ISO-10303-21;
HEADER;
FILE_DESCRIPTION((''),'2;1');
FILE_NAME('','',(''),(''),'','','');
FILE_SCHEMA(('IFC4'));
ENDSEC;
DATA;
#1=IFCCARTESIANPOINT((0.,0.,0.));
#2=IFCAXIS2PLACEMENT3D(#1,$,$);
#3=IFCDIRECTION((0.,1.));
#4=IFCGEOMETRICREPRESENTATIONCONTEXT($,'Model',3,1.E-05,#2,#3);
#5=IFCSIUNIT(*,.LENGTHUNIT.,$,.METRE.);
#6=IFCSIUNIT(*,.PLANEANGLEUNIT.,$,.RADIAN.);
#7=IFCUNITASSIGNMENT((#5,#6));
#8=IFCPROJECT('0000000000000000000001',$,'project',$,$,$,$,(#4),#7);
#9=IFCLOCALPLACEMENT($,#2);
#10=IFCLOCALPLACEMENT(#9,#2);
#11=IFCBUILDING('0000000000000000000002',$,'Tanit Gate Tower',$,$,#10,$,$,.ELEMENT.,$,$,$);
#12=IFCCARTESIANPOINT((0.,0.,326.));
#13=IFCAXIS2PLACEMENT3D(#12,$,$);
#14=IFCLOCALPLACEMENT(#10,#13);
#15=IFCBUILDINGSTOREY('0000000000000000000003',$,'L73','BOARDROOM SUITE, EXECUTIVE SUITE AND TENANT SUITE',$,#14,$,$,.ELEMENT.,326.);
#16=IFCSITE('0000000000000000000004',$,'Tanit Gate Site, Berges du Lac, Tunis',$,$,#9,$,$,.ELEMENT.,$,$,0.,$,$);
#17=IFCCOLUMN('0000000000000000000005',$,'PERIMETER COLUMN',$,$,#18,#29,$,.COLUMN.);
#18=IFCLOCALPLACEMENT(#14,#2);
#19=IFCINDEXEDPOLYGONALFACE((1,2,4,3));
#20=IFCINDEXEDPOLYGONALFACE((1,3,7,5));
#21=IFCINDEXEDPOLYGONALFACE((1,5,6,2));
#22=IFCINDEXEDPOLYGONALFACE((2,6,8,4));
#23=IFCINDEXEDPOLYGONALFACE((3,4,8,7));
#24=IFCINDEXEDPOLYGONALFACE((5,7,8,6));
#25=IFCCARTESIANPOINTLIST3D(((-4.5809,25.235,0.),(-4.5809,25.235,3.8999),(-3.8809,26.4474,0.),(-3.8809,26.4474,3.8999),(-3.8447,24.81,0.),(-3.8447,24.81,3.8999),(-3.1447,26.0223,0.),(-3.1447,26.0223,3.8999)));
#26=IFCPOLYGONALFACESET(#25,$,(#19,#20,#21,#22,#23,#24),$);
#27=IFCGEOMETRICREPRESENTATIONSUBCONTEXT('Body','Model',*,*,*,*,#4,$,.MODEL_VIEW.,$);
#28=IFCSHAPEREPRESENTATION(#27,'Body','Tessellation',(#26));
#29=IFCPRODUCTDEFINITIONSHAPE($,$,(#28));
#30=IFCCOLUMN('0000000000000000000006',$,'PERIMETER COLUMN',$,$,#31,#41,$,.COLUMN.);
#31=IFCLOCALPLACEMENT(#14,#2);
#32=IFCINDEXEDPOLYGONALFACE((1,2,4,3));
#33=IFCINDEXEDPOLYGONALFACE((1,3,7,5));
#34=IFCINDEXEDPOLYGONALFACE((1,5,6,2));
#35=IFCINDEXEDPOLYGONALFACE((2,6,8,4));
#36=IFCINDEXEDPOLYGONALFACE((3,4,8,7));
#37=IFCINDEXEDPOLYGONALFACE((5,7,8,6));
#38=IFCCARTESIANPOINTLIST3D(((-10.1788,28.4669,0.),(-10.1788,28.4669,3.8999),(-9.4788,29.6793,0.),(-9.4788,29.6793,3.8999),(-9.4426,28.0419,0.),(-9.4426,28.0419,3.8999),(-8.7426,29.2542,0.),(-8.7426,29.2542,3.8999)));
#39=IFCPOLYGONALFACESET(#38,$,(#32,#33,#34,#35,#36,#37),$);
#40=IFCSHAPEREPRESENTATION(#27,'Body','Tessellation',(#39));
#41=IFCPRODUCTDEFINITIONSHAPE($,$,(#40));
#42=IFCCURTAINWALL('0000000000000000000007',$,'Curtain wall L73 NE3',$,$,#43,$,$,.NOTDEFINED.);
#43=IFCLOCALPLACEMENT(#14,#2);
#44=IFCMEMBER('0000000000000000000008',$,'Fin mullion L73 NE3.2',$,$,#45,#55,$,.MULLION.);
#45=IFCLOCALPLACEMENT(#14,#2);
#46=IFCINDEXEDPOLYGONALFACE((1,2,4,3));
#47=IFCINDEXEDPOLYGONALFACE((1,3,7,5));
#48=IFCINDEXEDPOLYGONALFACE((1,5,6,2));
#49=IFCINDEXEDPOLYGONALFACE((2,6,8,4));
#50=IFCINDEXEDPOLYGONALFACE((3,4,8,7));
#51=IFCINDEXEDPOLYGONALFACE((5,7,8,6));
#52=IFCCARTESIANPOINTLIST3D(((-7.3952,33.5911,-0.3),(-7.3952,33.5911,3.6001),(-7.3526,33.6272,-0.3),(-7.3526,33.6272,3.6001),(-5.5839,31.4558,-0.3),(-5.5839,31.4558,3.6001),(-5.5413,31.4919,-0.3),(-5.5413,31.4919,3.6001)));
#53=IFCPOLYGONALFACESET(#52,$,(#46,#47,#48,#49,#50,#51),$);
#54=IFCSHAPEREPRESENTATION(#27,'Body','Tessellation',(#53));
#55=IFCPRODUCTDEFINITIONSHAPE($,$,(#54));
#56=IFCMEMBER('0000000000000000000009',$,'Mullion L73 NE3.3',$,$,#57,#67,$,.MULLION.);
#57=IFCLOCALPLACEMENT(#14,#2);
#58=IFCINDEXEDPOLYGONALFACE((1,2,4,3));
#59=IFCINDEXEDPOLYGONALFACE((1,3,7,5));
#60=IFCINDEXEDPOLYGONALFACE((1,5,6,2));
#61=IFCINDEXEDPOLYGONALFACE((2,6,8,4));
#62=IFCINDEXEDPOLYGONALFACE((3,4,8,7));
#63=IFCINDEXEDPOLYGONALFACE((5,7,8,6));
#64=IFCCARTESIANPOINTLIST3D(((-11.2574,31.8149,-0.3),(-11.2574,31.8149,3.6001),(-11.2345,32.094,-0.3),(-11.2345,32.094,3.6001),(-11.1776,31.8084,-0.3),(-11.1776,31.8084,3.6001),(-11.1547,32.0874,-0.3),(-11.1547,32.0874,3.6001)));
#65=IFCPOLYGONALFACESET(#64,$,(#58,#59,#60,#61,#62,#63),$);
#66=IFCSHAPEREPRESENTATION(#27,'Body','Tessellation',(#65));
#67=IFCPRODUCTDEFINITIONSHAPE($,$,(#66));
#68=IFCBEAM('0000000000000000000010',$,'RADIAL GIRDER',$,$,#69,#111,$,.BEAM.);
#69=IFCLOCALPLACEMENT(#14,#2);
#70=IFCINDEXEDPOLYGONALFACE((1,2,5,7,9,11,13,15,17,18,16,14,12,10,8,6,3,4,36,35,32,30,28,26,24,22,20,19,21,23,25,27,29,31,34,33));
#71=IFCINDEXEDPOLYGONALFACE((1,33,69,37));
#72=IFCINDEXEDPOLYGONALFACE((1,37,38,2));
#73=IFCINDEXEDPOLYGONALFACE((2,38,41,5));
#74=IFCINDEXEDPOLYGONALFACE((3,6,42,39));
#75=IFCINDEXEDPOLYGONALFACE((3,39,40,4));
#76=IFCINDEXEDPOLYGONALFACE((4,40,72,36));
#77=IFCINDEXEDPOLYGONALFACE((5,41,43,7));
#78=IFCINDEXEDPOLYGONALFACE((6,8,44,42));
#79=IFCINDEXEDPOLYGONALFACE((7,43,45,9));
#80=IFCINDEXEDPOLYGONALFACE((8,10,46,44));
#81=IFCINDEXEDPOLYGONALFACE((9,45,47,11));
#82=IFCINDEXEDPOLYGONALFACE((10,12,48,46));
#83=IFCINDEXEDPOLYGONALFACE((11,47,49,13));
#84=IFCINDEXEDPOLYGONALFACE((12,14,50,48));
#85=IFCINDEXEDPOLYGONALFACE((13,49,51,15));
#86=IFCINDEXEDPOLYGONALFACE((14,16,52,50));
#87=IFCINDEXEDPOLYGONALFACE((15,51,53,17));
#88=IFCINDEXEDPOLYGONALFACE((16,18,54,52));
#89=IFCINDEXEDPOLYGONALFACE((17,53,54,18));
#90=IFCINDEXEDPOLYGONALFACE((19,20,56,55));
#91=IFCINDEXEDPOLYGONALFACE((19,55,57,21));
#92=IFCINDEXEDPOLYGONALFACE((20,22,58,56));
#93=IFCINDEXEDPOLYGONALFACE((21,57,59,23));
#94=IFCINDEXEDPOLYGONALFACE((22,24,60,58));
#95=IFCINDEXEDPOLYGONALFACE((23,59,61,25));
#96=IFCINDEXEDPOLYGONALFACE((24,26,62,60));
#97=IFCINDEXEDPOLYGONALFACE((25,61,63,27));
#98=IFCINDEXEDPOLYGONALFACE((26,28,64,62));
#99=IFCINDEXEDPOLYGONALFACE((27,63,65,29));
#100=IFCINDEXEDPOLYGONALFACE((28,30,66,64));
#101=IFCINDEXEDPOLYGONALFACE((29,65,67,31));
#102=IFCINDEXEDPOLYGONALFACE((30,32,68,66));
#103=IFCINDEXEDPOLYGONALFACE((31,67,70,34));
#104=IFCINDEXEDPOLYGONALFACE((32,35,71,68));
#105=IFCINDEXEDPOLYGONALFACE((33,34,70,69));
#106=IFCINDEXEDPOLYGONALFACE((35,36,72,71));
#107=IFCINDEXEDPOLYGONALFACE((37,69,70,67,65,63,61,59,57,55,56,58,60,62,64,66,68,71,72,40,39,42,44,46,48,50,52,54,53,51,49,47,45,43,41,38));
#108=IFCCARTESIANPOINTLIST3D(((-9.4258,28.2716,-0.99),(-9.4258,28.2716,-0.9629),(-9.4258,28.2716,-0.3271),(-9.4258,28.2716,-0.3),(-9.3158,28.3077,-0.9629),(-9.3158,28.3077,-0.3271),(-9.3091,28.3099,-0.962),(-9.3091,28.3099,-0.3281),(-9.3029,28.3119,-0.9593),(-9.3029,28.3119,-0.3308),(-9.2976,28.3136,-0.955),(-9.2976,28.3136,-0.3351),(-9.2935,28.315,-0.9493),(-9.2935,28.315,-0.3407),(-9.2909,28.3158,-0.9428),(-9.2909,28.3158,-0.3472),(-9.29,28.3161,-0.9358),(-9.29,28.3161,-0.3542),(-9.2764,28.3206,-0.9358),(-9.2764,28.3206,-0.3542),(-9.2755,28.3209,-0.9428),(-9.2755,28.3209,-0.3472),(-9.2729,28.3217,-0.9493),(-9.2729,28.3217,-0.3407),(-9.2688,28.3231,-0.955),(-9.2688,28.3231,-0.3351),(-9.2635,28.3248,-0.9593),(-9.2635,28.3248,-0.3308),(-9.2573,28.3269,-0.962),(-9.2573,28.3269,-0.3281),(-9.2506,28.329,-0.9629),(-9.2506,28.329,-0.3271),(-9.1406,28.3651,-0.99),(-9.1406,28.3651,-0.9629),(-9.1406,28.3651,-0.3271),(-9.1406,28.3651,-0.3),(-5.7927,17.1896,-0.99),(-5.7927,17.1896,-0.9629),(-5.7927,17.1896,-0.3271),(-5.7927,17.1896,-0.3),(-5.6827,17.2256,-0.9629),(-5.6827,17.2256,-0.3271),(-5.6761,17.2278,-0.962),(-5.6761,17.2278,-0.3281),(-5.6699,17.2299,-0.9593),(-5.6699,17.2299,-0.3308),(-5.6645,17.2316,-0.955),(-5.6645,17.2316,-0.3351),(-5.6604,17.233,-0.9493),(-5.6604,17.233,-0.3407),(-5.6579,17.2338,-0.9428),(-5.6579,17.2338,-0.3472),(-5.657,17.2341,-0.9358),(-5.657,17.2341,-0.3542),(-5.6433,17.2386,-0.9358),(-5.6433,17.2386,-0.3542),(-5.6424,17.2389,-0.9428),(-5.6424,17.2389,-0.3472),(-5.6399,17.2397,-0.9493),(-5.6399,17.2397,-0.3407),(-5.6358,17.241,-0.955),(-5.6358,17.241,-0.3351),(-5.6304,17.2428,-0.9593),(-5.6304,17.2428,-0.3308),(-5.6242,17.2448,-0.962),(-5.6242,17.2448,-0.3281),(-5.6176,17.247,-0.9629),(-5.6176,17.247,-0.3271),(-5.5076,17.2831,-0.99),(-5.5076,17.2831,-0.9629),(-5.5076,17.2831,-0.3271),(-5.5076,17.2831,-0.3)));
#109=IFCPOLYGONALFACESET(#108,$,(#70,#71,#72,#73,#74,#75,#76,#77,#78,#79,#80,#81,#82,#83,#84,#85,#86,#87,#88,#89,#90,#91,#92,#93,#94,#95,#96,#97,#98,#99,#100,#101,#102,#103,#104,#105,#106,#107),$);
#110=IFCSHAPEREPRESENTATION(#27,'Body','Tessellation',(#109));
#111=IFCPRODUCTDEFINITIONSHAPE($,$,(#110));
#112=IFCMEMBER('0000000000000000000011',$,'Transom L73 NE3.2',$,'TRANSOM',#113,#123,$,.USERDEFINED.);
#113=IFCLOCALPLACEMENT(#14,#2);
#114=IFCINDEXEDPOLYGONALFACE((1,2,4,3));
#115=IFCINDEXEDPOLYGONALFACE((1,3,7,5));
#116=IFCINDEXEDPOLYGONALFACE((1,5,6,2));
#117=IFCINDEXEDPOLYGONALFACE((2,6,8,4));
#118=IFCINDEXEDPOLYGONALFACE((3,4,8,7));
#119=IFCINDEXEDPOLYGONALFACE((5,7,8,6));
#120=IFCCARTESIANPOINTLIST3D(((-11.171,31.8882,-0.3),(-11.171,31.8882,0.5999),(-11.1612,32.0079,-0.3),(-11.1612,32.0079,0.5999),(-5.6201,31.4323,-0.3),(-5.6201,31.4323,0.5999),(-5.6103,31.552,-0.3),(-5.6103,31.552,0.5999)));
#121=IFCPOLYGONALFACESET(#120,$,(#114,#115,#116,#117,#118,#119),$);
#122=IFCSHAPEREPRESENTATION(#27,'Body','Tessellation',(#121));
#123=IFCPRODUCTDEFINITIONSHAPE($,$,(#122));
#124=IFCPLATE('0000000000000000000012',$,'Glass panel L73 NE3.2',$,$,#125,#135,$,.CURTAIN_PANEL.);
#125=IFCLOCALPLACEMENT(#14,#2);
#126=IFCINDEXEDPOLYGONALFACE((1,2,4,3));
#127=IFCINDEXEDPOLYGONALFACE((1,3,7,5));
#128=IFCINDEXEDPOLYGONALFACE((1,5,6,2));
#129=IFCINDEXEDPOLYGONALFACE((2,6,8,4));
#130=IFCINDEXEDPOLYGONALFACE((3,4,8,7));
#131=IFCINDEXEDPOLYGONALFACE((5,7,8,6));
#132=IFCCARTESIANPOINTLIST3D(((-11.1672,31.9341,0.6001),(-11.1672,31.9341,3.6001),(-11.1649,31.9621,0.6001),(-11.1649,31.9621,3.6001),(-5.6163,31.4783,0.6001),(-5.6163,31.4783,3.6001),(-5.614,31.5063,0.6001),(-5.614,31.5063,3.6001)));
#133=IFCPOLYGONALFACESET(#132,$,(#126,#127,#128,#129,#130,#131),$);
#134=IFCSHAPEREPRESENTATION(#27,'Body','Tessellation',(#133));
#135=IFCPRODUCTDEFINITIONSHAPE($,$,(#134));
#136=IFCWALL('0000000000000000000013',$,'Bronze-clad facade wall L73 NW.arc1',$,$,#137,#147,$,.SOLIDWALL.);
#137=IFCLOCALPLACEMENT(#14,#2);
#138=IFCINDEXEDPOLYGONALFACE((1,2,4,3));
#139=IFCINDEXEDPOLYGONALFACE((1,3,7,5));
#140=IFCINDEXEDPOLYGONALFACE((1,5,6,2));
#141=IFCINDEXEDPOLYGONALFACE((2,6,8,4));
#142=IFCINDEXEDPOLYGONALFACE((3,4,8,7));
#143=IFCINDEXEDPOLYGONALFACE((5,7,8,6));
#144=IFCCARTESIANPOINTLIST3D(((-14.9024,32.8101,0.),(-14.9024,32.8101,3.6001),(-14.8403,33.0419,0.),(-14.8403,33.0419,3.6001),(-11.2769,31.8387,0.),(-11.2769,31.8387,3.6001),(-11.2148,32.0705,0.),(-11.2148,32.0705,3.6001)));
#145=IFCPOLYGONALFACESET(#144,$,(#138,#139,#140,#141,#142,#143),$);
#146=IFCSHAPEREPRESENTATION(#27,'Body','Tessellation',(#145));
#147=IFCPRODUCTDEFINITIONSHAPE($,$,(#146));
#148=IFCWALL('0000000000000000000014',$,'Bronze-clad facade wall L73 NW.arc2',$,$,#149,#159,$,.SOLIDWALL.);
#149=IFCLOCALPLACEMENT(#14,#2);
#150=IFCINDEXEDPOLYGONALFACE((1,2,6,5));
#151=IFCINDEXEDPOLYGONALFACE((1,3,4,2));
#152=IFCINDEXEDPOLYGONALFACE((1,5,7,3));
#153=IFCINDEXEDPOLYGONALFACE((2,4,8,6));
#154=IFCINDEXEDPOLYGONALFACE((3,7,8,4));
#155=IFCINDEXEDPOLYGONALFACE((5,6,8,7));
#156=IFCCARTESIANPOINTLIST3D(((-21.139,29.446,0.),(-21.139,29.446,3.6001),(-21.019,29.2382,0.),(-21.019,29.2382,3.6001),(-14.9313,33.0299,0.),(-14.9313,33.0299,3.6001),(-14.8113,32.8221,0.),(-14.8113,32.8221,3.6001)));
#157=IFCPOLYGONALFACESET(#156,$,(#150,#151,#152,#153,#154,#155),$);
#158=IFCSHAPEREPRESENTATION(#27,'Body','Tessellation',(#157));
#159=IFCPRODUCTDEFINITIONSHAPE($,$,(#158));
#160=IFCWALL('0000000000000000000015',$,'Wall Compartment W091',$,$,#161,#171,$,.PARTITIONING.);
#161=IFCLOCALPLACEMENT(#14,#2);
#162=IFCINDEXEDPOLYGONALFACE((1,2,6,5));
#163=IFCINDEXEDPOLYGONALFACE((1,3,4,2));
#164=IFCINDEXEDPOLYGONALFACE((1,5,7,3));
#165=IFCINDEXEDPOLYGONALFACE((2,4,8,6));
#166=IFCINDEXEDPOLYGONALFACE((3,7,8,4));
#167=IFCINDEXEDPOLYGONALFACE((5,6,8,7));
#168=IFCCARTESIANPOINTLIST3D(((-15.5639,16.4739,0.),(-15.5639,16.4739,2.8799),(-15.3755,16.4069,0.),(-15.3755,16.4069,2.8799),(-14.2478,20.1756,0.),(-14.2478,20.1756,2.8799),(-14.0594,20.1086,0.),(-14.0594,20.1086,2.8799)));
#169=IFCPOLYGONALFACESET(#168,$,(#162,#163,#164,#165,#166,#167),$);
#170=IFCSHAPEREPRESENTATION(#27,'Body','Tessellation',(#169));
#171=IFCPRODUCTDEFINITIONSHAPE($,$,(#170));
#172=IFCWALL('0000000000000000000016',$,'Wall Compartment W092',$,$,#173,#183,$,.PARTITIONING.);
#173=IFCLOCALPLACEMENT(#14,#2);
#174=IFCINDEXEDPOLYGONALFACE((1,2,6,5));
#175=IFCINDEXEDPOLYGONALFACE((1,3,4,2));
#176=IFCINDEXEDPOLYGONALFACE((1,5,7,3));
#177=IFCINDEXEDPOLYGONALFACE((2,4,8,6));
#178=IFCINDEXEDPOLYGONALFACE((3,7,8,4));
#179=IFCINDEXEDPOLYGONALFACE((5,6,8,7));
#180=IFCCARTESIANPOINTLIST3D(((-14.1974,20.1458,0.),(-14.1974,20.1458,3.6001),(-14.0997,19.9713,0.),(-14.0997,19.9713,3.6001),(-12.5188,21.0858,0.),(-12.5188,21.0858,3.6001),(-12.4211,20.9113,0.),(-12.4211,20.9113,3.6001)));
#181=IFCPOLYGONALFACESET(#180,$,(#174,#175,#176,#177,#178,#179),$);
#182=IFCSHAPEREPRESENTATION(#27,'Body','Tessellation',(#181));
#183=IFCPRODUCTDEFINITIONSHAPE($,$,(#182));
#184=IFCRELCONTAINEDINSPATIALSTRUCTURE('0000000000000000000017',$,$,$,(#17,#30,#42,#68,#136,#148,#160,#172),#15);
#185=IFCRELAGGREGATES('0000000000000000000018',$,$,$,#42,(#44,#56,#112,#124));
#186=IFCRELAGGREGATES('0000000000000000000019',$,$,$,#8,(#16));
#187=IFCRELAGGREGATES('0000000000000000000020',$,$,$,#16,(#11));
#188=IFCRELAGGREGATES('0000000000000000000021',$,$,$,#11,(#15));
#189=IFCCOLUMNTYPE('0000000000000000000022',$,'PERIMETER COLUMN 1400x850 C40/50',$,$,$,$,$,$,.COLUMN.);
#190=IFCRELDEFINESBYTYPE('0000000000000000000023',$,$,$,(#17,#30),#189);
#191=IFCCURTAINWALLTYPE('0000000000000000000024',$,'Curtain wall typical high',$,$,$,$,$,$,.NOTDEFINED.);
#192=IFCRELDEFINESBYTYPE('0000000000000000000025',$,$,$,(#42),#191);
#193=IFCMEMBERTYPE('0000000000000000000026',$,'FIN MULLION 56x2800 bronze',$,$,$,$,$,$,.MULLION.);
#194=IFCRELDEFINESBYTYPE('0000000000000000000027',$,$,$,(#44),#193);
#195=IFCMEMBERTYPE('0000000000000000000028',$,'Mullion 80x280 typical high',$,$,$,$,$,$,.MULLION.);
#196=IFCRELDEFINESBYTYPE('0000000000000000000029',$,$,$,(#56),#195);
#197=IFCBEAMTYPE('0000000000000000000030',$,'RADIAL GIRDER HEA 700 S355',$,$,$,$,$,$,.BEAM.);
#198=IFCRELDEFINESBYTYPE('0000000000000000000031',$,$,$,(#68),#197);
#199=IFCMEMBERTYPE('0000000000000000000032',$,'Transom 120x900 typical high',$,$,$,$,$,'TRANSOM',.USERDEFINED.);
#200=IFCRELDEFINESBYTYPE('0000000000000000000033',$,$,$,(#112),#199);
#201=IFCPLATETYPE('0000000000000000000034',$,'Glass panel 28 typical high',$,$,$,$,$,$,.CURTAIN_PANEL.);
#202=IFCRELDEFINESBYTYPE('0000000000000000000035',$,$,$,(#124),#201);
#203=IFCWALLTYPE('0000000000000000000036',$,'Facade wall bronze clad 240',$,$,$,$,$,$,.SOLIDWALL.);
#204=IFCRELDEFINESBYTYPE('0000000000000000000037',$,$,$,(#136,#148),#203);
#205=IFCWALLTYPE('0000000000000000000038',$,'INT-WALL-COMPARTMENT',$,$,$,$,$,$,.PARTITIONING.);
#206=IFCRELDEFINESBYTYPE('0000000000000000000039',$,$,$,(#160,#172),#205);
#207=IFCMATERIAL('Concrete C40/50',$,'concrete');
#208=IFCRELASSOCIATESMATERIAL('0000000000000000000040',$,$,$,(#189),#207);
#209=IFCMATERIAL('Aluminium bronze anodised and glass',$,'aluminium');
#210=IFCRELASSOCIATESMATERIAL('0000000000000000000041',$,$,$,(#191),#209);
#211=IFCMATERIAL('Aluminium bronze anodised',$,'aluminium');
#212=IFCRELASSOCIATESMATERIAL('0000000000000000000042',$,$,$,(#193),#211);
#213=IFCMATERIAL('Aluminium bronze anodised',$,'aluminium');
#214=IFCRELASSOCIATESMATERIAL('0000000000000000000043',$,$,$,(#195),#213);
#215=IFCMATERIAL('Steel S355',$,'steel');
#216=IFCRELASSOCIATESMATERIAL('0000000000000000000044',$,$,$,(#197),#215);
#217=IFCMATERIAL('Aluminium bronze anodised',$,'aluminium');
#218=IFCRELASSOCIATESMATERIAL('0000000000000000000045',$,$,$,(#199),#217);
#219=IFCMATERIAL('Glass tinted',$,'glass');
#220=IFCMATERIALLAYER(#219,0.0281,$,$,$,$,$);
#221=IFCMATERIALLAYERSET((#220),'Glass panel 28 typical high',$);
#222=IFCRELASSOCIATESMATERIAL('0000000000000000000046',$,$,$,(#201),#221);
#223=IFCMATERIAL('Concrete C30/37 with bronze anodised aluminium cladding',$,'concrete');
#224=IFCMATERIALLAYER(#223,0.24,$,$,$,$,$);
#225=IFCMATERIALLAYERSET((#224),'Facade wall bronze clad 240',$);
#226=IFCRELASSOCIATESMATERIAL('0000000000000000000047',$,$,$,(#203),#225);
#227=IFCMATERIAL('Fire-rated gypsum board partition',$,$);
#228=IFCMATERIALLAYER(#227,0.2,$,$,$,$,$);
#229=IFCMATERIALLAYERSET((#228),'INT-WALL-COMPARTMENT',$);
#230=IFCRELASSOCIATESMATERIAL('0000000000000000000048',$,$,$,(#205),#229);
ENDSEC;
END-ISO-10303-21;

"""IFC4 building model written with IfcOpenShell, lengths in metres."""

from ifc_helpers import new_model, si_unit, direction, frame, frame_2d, origin, origin_2d, place, context, subcontext, project, spatial, rectangle, i_section, extrude, material, layer, layer_set, material_profile, profile_set, type_object, element, aggregate, save


model = new_model("IFC4")

# Units and contexts
model_context = context("Model", 3, precision=1e-05, world=origin(), true_north=direction((0.0, 1.0)))
body_context = subcontext(model_context, "Body", "Model", "MODEL_VIEW")
ifc_project = project(units=[si_unit("LENGTHUNIT", "METRE"), si_unit("PLANEANGLEUNIT", "RADIAN")], contexts=[model_context])

# Site, building, storey
site_placement = place(None, origin())
site = spatial("IfcSite", under=ifc_project, at=site_placement, Name="Tanit Gate Site, Berges du Lac, Tunis", CompositionType="ELEMENT", RefElevation=0.0)
building_placement = place(site_placement, origin())
building = spatial("IfcBuilding", under=site, at=building_placement, Name="Tanit Gate Tower", CompositionType="ELEMENT")
storey_placement = place(building_placement, frame((0.0, 0.0, 326.0)))
storey = spatial("IfcBuildingStorey", under=building, at=storey_placement, Name="L73", Description="BOARDROOM SUITE, EXECUTIVE SUITE AND TENANT SUITE", CompositionType="ELEMENT", Elevation=326.0)

# Columns
ifc_material_1 = material(Name="Concrete C40/50", Category="concrete")
ifc_material_profile_1 = material_profile(ifc_material_1, rectangle(XDim=1.3999, YDim=0.8501, at=origin_2d()), Name="RC 1400x850")
ifc_profile_set_1 = profile_set([ifc_material_profile_1], Name="Concrete C40/50")
column_type = type_object("IfcColumnType", Name="PERIMETER COLUMN 1400x850 C40/50", PredefinedType="COLUMN", material=ifc_profile_set_1)
for number, where, z_axis, x_axis, name in (
    (1, (-3.8628, 25.6287, 0.0), (0.0, 0.0, 1.0), (0.5, 0.866025, 0.0), "PERIMETER COLUMN"),
    (2, (-9.4607, 28.8606, 0.0), (0.0, 0.0, 1.0), (0.5, 0.866025, 0.0), "PERIMETER COLUMN"),
):
    element("IfcColumn", number, at=place(storey_placement, frame(where, z_axis=z_axis, x_axis=x_axis)), inside=storey, type_object=column_type, Name=name, PredefinedType="COLUMN", context=body_context, shape_type="SweptSolid", body=[
        extrude(rectangle(XDim=1.3999, YDim=0.8501, at=origin_2d()), origin(), (0.0, 0.0, 1.0), 3.8999),
    ])

# Curtain wall, members
ifc_material_2 = material(Name="Aluminium bronze anodised and glass", Category="aluminium")
curtain_wall_type = type_object("IfcCurtainWallType", Name="Curtain wall typical high", PredefinedType="NOTDEFINED", material=ifc_material_2)
curtain_wall_placement = place(storey_placement, origin())
curtain_wall = element("IfcCurtainWall", 3, at=curtain_wall_placement, inside=storey, type_object=curtain_wall_type, Name="Curtain wall L73 NE3", PredefinedType="NOTDEFINED")
ifc_material_3 = material(Name="Aluminium bronze anodised", Category="aluminium")
ifc_material_profile_2 = material_profile(ifc_material_3, rectangle(XDim=2.8, YDim=0.0559, at=origin_2d()), Name="56x2800 bronze fin mullion")
ifc_profile_set_2 = profile_set([ifc_material_profile_2], Name="Aluminium bronze anodised")
member_type_1 = type_object("IfcMemberType", Name="FIN MULLION 56x2800 bronze", PredefinedType="MULLION", material=ifc_profile_set_2)
member_1_placement = place(storey_placement, frame((-6.4683, 32.5415, -0.3), z_axis=(0.0, 0.0, 1.0), x_axis=(0.646873, -0.762598, 0.0)))
member_1 = element("IfcMember", 4, at=member_1_placement, type_object=member_type_1, Name="Fin mullion L73 NE3.2", PredefinedType="MULLION", context=body_context, shape_type="SweptSolid", body=[
    extrude(rectangle(XDim=2.8, YDim=0.0559, at=origin_2d()), origin(), (0.0, 0.0, 1.0), 3.9001),
])
ifc_material_4 = material(Name="Aluminium bronze anodised", Category="aluminium")
ifc_material_profile_3 = material_profile(ifc_material_4, rectangle(XDim=0.28, YDim=0.0801, at=origin_2d()), Name="80x280 bronze mullion")
ifc_profile_set_3 = profile_set([ifc_material_profile_3], Name="Aluminium bronze anodised")
member_type_2 = type_object("IfcMemberType", Name="Mullion 80x280 typical high", PredefinedType="MULLION", material=ifc_profile_set_3)
member_2_placement = place(storey_placement, frame((-11.2061, 31.9512, -0.3), z_axis=(0.0, 0.0, 1.0), x_axis=(-0.08183, -0.996646, 0.0)))
member_2 = element("IfcMember", 5, at=member_2_placement, type_object=member_type_2, Name="Mullion L73 NE3.3", PredefinedType="MULLION", context=body_context, shape_type="SweptSolid", body=[
    extrude(rectangle(XDim=0.28, YDim=0.0801, at=origin_2d()), origin(), (0.0, 0.0, 1.0), 3.9001),
])

# Beam
ifc_material_5 = material(Name="Steel S355", Category="steel")
ifc_material_profile_4 = material_profile(ifc_material_5, i_section(OverallWidth=0.3, OverallDepth=0.6899, WebThickness=0.0144, FlangeThickness=0.0271, FilletRadius=0.0271, at=origin_2d()), Name="HEA 700")
ifc_profile_set_4 = profile_set([ifc_material_profile_4], Name="Steel S355")
beam_type = type_object("IfcBeamType", Name="RADIAL GIRDER HEA 700 S355", PredefinedType="BEAM", material=ifc_profile_set_4)
beam_placement = place(storey_placement, frame((-9.2832, 28.3184, -0.645), z_axis=(0.31152, -0.95024, 0.0), x_axis=(0.95024, 0.31152, 0.0)))
element("IfcBeam", 6, at=beam_placement, inside=storey, type_object=beam_type, Name="RADIAL GIRDER", PredefinedType="BEAM", context=body_context, shape_type="SweptSolid", body=[
    extrude(i_section(OverallWidth=0.3, OverallDepth=0.6899, WebThickness=0.0144, FlangeThickness=0.0271, FilletRadius=0.0271, at=origin_2d()), origin(), (0.0, 0.0, 1.0), 11.6624),
])

# Member
ifc_material_6 = material(Name="Aluminium bronze anodised", Category="aluminium")
ifc_material_profile_5 = material_profile(ifc_material_6, rectangle(XDim=0.1201, YDim=0.8999, at=origin_2d()), Name="120x900 bronze transom")
ifc_profile_set_5 = profile_set([ifc_material_profile_5], Name="Aluminium bronze anodised")
member_type_3 = type_object("IfcMemberType", Name="Transom 120x900 typical high", ElementType="TRANSOM", PredefinedType="USERDEFINED", material=ifc_profile_set_5)
member_3_placement = place(storey_placement, frame((-5.6152, 31.4922, 0.1499), z_axis=(-0.996645, 0.081841, 0.0), x_axis=(-0.081841, -0.996645, 0.0)))
member_3 = element("IfcMember", 7, at=member_3_placement, type_object=member_type_3, Name="Transom L73 NE3.2", ObjectType="TRANSOM", PredefinedType="USERDEFINED", context=body_context, shape_type="SweptSolid", body=[
    extrude(rectangle(XDim=0.1201, YDim=0.8999, at=origin_2d()), origin(), (0.0, 0.0, 1.0), 5.5696),
])

# Plate
ifc_material_7 = material(Name="Glass tinted", Category="glass")
ifc_layer_1 = layer(ifc_material_7, 0.0281)
ifc_layer_set_1 = layer_set([ifc_layer_1], Name="Glass panel 28 typical high")
plate_type = type_object("IfcPlateType", Name="Glass panel 28 typical high", PredefinedType="CURTAIN_PANEL", material=ifc_layer_set_1)
plate_placement = place(storey_placement, frame((-8.3906, 31.7202, 0.6001), z_axis=(0.0, 0.0, 1.0), x_axis=(-0.996646, 0.08183, 0.0)))
plate = element("IfcPlate", 8, at=plate_placement, type_object=plate_type, Name="Glass panel L73 NE3.2", PredefinedType="CURTAIN_PANEL", context=body_context, shape_type="SweptSolid", body=[
    extrude(rectangle(XDim=5.5696, YDim=0.0281, at=origin_2d()), origin(), (0.0, 0.0, 1.0), 3.0),
])
aggregate(curtain_wall, [member_1, member_2, member_3, plate])

# Walls
ifc_material_8 = material(Name="Concrete C30/37 with bronze anodised aluminium cladding", Category="concrete")
ifc_layer_2 = layer(ifc_material_8, 0.24)
ifc_layer_set_2 = layer_set([ifc_layer_2], Name="Facade wall bronze clad 240")
wall_type_1 = type_object("IfcWallType", Name="Facade wall bronze clad 240", PredefinedType="SOLIDWALL", material=ifc_layer_set_2)
wall_1_placement = place(storey_placement, frame((-11.2458, 31.9546, 0.0), z_axis=(0.0, 0.0, 1.0), x_axis=(-0.965927, 0.258816, 0.0)))
element("IfcWall", 9, at=wall_1_placement, inside=storey, type_object=wall_type_1, Name="Bronze-clad facade wall L73 NW.arc1", PredefinedType="SOLIDWALL", context=body_context, shape_type="SweptSolid", body=[
    extrude(rectangle(XDim=3.7534, YDim=0.24, at=frame_2d((1.8767, 0.0))), origin(), (0.0, 0.0, 1.0), 3.6001),
])
wall_2_placement = place(storey_placement, frame((-14.8713, 32.926, 0.0), z_axis=(0.0, 0.0, 1.0), x_axis=(-0.86603, -0.499993, 0.0)))
element("IfcWall", 10, at=wall_2_placement, inside=storey, type_object=wall_type_1, Name="Bronze-clad facade wall L73 NW.arc2", PredefinedType="SOLIDWALL", context=body_context, shape_type="SweptSolid", body=[
    extrude(rectangle(XDim=7.168, YDim=0.24, at=frame_2d((3.584, 0.0))), origin(), (0.0, 0.0, 1.0), 3.6001),
])
ifc_material_9 = material(Name="Fire-rated gypsum board partition")
ifc_layer_3 = layer(ifc_material_9, 0.2)
ifc_layer_set_3 = layer_set([ifc_layer_3], Name="INT-WALL-COMPARTMENT")
wall_type_2 = type_object("IfcWallType", Name="INT-WALL-COMPARTMENT", PredefinedType="PARTITIONING", material=ifc_layer_set_3)
wall_3_placement = place(storey_placement, frame((-14.1536, 20.1421, 0.0), z_axis=(0.0, 0.0, 1.0), x_axis=(-0.335013, -0.942213, 0.0)))
element("IfcWall", 11, at=wall_3_placement, inside=storey, type_object=wall_type_2, Name="Wall Compartment W091", PredefinedType="PARTITIONING", context=body_context, shape_type="SweptSolid", body=[
    extrude(rectangle(XDim=3.9287, YDim=0.2, at=frame_2d((1.9644, 0.0))), origin(), (0.0, 0.0, 1.0), 2.8799),
])
wall_4_placement = place(storey_placement, frame((-12.47, 20.9985, 0.0), z_axis=(0.0, 0.0, 1.0), x_axis=(-0.872506, -0.488603, 0.0)))
element("IfcWall", 12, at=wall_4_placement, inside=storey, type_object=wall_type_2, Name="Wall Compartment W092", PredefinedType="PARTITIONING", context=body_context, shape_type="SweptSolid", body=[
    extrude(rectangle(XDim=1.9238, YDim=0.2, at=frame_2d((0.9619, 0.0))), origin(), (0.0, 0.0, 1.0), 3.6001),
])

save(model, "model.ifc")
